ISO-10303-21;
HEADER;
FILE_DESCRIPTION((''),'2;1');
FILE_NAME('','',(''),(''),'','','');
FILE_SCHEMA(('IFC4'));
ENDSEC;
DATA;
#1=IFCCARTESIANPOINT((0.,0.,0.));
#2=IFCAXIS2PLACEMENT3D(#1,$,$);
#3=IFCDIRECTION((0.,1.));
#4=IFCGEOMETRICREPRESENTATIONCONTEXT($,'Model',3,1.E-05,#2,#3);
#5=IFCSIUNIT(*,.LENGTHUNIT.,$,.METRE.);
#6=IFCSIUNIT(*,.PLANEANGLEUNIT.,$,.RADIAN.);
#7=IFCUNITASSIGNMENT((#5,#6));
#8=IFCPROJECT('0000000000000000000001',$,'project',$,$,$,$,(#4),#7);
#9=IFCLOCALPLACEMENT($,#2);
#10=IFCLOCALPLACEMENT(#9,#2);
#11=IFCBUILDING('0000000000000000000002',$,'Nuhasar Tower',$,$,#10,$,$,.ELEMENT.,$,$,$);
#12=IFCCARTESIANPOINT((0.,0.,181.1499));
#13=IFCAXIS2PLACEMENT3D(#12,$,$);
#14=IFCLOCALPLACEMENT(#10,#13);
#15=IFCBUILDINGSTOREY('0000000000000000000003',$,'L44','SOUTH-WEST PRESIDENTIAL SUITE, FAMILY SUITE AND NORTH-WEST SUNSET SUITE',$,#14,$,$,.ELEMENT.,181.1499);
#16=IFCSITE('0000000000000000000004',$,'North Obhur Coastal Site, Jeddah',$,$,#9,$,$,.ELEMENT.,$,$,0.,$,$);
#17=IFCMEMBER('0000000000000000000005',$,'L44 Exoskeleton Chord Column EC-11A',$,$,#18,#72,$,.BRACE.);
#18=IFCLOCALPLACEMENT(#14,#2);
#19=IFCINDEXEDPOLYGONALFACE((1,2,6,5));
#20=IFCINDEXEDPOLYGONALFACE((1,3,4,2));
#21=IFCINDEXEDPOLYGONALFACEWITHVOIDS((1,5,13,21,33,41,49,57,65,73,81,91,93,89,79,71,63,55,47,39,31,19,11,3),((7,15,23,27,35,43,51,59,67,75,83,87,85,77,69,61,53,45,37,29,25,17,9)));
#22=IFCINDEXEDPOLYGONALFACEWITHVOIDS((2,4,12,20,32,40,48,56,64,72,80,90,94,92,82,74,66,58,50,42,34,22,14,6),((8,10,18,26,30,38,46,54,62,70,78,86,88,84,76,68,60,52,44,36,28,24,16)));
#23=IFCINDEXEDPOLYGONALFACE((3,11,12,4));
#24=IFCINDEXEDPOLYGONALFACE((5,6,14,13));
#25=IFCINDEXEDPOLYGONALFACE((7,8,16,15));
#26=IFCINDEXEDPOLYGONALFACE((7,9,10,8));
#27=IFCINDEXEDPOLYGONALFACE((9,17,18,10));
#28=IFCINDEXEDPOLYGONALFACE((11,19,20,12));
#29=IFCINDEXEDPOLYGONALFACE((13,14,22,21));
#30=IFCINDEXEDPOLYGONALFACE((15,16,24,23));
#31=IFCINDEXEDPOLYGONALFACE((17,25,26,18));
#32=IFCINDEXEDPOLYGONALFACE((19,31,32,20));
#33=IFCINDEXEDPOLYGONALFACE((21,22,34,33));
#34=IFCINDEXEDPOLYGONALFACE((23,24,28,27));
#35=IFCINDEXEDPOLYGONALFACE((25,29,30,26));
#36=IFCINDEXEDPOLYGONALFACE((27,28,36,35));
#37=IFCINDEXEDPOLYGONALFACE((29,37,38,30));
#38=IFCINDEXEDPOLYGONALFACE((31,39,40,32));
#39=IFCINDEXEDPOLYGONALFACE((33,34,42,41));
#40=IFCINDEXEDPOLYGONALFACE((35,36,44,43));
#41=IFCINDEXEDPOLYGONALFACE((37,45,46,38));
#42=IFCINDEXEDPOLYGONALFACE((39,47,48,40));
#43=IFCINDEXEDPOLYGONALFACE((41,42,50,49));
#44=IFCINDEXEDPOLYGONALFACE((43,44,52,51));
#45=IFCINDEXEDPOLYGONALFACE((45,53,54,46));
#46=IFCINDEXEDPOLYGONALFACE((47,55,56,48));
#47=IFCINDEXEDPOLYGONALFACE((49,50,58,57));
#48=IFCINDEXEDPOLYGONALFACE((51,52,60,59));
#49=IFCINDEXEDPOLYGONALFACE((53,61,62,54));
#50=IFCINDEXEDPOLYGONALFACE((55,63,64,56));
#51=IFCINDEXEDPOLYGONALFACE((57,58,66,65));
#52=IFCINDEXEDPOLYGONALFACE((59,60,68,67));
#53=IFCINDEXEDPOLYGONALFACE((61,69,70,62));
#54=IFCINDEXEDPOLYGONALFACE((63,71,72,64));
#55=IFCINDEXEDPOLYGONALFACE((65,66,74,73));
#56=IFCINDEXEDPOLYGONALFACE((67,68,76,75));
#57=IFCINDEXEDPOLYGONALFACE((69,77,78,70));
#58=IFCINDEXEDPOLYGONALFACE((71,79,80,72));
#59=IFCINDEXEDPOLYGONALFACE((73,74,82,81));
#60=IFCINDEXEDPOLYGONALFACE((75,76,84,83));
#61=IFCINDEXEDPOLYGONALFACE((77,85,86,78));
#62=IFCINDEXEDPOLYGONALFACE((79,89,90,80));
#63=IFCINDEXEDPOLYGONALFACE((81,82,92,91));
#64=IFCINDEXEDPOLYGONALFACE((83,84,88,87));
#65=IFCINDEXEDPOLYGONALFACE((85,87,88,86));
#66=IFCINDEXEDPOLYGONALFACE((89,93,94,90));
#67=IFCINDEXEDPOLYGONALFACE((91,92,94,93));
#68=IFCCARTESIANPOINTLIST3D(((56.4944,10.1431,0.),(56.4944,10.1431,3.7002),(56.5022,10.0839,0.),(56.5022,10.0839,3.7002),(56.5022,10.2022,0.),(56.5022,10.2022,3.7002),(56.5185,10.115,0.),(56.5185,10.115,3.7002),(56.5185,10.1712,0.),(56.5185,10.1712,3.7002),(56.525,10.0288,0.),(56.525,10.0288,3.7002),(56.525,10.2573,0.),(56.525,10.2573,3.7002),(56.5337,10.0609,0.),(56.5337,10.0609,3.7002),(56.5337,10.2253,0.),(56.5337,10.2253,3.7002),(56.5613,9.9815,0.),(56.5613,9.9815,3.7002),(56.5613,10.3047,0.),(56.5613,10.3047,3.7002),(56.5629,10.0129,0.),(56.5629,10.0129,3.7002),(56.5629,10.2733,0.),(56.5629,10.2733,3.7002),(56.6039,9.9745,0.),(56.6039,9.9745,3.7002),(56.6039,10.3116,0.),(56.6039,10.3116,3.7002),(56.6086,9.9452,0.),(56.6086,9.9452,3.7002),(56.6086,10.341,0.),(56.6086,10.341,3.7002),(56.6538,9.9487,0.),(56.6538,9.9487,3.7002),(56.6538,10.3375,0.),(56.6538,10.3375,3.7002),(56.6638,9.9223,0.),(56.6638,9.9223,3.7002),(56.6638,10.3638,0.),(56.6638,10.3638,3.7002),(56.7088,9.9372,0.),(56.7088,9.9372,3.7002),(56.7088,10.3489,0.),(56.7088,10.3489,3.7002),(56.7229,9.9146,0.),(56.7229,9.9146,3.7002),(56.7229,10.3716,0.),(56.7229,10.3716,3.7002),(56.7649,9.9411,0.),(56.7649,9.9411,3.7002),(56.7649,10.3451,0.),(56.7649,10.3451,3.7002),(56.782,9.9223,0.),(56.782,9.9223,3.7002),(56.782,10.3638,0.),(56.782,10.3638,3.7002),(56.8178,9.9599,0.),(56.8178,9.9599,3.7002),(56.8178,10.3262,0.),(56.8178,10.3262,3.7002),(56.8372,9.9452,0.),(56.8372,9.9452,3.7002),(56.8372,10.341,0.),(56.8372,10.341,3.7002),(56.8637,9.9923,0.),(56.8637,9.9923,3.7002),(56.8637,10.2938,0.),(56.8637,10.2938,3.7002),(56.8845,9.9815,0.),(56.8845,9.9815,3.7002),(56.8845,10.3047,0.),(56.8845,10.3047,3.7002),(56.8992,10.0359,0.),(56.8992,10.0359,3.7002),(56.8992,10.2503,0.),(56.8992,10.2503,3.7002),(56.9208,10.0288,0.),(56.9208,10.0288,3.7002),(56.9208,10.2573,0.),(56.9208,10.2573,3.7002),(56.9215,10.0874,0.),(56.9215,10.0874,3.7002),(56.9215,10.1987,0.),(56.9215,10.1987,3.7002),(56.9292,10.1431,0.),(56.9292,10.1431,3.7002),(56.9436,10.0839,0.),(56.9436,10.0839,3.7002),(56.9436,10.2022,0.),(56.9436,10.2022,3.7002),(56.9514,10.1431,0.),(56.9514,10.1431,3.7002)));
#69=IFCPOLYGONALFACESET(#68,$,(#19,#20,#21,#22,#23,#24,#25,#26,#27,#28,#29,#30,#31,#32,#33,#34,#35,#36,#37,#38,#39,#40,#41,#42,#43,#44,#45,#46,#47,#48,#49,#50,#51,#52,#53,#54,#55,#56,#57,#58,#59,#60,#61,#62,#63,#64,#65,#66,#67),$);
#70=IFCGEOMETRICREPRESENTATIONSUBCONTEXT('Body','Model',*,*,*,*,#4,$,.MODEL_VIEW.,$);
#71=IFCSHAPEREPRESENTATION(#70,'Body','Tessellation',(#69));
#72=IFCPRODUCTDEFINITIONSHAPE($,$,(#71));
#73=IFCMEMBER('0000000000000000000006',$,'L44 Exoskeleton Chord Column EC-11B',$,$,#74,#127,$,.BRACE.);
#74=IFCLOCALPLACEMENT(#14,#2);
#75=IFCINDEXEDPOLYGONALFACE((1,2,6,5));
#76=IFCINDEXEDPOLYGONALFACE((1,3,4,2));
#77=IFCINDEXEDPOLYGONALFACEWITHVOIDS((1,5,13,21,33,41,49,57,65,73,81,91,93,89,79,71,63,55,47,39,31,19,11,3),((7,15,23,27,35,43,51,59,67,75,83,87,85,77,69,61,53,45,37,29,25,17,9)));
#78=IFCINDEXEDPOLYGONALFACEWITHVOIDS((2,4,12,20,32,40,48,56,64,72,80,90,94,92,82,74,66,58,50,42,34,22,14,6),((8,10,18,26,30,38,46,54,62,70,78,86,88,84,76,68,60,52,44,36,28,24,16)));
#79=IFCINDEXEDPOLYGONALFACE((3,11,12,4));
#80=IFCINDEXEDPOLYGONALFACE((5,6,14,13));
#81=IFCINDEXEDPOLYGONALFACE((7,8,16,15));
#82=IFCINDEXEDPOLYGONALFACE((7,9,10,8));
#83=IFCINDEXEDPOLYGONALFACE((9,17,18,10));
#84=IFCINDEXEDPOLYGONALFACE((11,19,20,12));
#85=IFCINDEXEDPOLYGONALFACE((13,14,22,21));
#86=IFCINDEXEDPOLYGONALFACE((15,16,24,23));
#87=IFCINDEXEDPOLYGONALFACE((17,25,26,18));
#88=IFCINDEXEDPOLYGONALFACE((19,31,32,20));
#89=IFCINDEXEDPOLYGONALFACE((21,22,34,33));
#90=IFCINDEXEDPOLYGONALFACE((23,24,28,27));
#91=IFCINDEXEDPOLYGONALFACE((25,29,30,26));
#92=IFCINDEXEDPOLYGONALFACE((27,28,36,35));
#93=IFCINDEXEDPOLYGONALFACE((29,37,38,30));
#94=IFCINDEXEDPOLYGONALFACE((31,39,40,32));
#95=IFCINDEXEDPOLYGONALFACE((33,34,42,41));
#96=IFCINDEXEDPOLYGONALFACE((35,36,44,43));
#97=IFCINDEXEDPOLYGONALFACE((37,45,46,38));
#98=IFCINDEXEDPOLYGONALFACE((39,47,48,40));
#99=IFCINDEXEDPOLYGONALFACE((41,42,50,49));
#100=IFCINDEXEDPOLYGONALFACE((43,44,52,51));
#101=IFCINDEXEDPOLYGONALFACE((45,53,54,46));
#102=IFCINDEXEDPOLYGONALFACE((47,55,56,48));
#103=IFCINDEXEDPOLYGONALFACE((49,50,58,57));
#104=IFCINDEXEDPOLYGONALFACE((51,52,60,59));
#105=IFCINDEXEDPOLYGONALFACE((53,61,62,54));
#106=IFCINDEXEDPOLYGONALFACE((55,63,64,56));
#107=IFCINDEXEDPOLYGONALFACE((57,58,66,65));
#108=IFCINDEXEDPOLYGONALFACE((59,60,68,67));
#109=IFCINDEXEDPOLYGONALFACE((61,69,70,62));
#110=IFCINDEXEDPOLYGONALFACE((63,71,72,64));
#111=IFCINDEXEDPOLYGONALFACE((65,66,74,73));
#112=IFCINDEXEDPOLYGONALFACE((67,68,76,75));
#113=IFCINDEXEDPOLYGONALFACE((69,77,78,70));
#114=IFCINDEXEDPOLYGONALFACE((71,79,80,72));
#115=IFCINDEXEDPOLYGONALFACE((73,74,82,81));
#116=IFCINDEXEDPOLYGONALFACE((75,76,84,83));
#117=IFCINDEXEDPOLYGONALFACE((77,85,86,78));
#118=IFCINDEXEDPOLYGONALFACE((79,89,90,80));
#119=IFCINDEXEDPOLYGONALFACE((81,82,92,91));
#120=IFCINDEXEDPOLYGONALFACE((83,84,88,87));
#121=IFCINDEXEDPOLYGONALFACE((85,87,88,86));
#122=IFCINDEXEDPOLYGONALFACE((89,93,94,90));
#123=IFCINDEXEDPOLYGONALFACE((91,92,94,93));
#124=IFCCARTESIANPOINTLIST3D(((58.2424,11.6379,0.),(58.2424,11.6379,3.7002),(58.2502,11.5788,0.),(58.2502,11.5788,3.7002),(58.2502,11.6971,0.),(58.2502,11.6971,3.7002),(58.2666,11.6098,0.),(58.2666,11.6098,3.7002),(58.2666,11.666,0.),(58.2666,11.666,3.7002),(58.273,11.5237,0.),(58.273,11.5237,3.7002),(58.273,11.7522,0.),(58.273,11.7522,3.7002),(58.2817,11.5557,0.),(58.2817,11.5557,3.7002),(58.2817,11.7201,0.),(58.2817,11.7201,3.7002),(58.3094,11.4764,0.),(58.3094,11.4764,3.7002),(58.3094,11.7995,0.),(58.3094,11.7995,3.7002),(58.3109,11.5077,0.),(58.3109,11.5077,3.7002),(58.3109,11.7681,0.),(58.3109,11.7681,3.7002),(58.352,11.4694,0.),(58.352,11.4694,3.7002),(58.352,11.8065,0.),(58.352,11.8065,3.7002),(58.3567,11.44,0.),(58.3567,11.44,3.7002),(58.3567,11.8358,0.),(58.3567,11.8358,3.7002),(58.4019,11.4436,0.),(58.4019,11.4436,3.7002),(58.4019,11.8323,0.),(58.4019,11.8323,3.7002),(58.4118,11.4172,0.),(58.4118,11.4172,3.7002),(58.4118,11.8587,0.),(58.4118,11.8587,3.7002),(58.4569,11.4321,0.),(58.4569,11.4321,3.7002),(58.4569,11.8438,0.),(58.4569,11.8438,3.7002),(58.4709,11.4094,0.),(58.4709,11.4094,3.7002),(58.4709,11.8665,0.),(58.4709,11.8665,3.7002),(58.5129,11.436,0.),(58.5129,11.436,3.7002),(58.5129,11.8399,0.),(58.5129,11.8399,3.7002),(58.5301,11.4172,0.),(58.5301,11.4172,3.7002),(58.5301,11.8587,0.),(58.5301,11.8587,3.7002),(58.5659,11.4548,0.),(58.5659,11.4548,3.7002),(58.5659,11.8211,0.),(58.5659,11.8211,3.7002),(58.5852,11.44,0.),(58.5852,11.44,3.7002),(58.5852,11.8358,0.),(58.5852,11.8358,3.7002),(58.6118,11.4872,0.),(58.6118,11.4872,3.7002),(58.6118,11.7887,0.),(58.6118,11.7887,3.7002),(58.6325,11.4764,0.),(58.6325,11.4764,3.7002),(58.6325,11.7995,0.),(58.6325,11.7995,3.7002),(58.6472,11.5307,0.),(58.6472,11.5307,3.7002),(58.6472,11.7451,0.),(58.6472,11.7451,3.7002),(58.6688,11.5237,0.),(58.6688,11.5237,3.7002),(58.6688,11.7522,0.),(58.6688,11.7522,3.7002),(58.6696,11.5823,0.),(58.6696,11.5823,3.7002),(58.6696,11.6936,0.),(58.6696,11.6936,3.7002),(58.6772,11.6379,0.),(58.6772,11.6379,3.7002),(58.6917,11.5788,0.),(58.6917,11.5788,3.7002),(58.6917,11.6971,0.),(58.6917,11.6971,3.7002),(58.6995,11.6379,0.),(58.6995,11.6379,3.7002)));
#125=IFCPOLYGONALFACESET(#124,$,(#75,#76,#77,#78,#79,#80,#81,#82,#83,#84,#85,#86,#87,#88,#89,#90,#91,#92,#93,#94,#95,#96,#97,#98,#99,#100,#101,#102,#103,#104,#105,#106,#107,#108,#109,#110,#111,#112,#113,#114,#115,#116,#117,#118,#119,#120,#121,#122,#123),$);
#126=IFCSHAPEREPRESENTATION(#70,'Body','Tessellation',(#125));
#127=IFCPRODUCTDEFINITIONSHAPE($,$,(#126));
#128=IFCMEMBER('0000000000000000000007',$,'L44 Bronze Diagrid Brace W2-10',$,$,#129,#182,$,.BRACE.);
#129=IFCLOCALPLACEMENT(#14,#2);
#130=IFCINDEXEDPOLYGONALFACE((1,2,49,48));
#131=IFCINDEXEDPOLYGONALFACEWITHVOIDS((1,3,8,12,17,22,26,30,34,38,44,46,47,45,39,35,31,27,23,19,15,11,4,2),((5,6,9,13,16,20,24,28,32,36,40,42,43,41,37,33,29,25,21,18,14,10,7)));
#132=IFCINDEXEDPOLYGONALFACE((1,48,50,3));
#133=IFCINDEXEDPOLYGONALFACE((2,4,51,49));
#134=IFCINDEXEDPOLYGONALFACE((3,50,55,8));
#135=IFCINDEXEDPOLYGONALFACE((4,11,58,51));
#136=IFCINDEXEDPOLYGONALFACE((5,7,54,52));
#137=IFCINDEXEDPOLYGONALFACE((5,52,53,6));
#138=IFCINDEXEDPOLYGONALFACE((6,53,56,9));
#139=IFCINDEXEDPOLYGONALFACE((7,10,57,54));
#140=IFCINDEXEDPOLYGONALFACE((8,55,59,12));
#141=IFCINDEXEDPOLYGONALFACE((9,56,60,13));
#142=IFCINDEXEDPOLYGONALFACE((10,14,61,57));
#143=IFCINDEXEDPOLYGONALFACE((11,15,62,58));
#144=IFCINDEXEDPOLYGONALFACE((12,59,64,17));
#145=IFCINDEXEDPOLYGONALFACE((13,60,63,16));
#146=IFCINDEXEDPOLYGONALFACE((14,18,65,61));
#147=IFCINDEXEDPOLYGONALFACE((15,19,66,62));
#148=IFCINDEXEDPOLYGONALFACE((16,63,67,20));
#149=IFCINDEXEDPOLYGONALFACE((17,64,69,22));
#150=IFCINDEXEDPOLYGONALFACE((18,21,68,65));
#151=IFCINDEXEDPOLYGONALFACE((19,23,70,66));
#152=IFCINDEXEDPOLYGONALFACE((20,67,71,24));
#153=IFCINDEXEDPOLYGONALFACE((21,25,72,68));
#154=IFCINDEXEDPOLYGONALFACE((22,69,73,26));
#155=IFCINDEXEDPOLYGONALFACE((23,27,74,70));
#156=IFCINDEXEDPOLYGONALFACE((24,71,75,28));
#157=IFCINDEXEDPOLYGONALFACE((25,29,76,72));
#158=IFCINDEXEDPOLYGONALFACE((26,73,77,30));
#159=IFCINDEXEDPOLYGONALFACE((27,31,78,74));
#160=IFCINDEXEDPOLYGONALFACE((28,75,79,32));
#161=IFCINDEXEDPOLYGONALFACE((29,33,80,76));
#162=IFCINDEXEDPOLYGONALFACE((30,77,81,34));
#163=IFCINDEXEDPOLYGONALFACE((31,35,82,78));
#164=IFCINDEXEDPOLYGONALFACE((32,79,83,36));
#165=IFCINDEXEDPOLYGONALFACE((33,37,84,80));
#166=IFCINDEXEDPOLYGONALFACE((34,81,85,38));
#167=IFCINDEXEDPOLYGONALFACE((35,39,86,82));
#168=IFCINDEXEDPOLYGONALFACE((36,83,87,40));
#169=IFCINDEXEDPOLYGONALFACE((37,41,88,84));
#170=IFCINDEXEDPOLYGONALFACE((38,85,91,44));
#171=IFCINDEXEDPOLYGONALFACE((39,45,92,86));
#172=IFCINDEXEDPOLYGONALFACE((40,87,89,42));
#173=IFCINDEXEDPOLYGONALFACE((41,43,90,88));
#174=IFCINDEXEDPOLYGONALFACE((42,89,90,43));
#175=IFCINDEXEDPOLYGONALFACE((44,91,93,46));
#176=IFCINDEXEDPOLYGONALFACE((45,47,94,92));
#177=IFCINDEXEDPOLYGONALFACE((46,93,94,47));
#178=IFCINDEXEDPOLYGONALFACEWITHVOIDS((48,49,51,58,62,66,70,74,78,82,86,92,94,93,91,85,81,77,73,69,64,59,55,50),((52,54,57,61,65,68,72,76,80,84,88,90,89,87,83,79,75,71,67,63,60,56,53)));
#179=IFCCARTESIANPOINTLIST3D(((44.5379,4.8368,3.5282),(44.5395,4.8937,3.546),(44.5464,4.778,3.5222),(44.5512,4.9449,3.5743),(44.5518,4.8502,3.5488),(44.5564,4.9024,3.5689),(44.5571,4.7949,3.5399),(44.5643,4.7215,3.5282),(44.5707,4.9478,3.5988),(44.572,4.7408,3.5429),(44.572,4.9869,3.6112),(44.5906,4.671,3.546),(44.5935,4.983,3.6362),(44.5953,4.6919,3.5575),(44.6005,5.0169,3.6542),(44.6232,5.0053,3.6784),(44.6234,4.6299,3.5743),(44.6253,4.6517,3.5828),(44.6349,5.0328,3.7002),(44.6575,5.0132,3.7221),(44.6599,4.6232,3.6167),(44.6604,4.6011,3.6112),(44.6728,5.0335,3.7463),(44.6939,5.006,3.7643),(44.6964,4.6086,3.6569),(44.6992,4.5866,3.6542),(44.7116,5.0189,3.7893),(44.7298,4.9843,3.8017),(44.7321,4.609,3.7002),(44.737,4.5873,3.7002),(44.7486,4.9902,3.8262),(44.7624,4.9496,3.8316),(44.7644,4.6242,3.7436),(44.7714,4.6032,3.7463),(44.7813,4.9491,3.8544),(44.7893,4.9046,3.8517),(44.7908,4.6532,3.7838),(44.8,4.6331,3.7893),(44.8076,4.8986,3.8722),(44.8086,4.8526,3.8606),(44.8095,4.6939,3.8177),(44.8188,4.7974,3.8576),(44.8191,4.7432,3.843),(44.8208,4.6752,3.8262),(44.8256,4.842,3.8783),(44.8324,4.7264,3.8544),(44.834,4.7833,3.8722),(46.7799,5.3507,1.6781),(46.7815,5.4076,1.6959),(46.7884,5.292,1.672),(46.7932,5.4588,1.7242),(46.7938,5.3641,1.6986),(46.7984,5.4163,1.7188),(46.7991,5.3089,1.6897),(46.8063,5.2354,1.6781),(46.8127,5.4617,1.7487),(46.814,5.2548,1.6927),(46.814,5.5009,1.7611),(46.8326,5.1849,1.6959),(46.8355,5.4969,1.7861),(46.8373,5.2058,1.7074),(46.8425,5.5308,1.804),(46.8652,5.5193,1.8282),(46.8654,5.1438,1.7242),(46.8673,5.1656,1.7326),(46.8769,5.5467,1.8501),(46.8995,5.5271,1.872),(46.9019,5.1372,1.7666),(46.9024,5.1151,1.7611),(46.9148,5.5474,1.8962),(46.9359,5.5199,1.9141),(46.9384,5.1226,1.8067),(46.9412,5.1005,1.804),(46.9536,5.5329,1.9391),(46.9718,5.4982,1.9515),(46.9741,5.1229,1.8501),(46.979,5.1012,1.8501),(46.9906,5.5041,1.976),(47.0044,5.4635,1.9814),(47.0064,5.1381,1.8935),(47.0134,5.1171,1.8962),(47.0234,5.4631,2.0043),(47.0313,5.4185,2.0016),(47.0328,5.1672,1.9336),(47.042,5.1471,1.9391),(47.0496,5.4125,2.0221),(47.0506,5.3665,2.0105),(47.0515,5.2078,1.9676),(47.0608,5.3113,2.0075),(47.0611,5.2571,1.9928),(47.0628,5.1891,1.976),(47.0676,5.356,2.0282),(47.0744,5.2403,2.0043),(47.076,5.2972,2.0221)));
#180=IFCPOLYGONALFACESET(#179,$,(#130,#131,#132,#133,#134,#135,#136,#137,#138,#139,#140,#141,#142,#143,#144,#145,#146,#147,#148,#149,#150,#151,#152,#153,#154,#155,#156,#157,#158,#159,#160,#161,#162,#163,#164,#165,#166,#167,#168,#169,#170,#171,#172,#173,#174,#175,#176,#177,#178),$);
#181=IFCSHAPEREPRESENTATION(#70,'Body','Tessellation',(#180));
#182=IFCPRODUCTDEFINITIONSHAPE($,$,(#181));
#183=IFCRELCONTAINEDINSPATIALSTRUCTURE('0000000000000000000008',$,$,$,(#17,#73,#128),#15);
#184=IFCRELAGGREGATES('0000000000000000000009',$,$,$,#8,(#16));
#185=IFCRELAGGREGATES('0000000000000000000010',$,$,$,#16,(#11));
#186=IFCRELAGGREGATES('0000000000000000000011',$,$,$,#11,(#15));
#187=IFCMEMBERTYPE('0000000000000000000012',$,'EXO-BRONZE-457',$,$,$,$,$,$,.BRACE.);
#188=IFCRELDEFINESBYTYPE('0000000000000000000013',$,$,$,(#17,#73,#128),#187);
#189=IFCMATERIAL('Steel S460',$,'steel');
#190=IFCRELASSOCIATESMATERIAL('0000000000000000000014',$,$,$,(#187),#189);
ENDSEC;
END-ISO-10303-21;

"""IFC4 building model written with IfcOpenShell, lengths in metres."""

from ifc_helpers import new_model, si_unit, direction, frame, origin, origin_2d, place, context, subcontext, project, spatial, hollow_circle, extrude, material, material_profile, profile_set, type_object, element, save


model = new_model("IFC4")

# Units and contexts
model_context = context("Model", 3, precision=1e-05, world=origin(), true_north=direction((0.0, 1.0)))
body_context = subcontext(model_context, "Body", "Model", "MODEL_VIEW")
ifc_project = project(units=[si_unit("LENGTHUNIT", "METRE"), si_unit("PLANEANGLEUNIT", "RADIAN")], contexts=[model_context])

# Site, building, storey
site_placement = place(None, origin())
site = spatial("IfcSite", under=ifc_project, at=site_placement, Name="North Obhur Coastal Site, Jeddah", CompositionType="ELEMENT", RefElevation=0.0)
building_placement = place(site_placement, origin())
building = spatial("IfcBuilding", under=site, at=building_placement, Name="Nuhasar Tower", CompositionType="ELEMENT")
storey_placement = place(building_placement, frame((0.0, 0.0, 181.1499)))
storey = spatial("IfcBuildingStorey", under=building, at=storey_placement, Name="L44", Description="SOUTH-WEST PRESIDENTIAL SUITE, FAMILY SUITE AND NORTH-WEST SUNSET SUITE", CompositionType="ELEMENT", Elevation=181.1499)

# Members
ifc_material_1 = material(Name="Steel S460", Category="steel")
ifc_material_profile_1 = material_profile(ifc_material_1, hollow_circle(Radius=0.2285, WallThickness=0.0222, at=origin_2d()), Name="HSS457X22.2")
ifc_profile_set_1 = profile_set([ifc_material_profile_1], Name="Steel S460")
member_type_1 = type_object("IfcMemberType", Name="EXO-BRONZE-457", PredefinedType="BRACE", material=ifc_profile_set_1)
for number, where, z_axis, x_axis, name in (
    (1, (56.7229, 10.1431, 0.0), (0.0, 0.0, 1.0), (1.0, 0.0, 0.0), "L44 Exoskeleton Chord Column EC-11A"),
    (2, (58.4709, 11.6379, 0.0), (0.0, 0.0, 1.0), (1.0, 0.0, 0.0), "L44 Exoskeleton Chord Column EC-11B"),
):
    element("IfcMember", number, at=place(storey_placement, frame(where, z_axis=z_axis, x_axis=x_axis)), inside=storey, type_object=member_type_1, Name=name, PredefinedType="BRACE", context=body_context, shape_type="SweptSolid", body=[
        extrude(hollow_circle(Radius=0.2285, WallThickness=0.0222, at=origin_2d()), origin(), (0.0, 0.0, 1.0), 3.7002),
    ])
for number, where, z_axis, x_axis, name in (
    (3, (46.928, 5.324, 1.8501), (-0.75951, -0.174101, 0.626764), (0.223433, -0.974719, 0.0), "L44 Bronze Diagrid Brace W2-10"),
):
    element("IfcMember", number, at=place(storey_placement, frame(where, z_axis=z_axis, x_axis=x_axis)), inside=storey, type_object=member_type_1, Name=name, PredefinedType="BRACE", context=body_context, shape_type="SweptSolid", body=[
        extrude(hollow_circle(Radius=0.2285, WallThickness=0.0222, at=origin_2d()), origin(), (0.0, 0.0, 1.0), 2.9519),
    ])

save(model, "model.ifc")
